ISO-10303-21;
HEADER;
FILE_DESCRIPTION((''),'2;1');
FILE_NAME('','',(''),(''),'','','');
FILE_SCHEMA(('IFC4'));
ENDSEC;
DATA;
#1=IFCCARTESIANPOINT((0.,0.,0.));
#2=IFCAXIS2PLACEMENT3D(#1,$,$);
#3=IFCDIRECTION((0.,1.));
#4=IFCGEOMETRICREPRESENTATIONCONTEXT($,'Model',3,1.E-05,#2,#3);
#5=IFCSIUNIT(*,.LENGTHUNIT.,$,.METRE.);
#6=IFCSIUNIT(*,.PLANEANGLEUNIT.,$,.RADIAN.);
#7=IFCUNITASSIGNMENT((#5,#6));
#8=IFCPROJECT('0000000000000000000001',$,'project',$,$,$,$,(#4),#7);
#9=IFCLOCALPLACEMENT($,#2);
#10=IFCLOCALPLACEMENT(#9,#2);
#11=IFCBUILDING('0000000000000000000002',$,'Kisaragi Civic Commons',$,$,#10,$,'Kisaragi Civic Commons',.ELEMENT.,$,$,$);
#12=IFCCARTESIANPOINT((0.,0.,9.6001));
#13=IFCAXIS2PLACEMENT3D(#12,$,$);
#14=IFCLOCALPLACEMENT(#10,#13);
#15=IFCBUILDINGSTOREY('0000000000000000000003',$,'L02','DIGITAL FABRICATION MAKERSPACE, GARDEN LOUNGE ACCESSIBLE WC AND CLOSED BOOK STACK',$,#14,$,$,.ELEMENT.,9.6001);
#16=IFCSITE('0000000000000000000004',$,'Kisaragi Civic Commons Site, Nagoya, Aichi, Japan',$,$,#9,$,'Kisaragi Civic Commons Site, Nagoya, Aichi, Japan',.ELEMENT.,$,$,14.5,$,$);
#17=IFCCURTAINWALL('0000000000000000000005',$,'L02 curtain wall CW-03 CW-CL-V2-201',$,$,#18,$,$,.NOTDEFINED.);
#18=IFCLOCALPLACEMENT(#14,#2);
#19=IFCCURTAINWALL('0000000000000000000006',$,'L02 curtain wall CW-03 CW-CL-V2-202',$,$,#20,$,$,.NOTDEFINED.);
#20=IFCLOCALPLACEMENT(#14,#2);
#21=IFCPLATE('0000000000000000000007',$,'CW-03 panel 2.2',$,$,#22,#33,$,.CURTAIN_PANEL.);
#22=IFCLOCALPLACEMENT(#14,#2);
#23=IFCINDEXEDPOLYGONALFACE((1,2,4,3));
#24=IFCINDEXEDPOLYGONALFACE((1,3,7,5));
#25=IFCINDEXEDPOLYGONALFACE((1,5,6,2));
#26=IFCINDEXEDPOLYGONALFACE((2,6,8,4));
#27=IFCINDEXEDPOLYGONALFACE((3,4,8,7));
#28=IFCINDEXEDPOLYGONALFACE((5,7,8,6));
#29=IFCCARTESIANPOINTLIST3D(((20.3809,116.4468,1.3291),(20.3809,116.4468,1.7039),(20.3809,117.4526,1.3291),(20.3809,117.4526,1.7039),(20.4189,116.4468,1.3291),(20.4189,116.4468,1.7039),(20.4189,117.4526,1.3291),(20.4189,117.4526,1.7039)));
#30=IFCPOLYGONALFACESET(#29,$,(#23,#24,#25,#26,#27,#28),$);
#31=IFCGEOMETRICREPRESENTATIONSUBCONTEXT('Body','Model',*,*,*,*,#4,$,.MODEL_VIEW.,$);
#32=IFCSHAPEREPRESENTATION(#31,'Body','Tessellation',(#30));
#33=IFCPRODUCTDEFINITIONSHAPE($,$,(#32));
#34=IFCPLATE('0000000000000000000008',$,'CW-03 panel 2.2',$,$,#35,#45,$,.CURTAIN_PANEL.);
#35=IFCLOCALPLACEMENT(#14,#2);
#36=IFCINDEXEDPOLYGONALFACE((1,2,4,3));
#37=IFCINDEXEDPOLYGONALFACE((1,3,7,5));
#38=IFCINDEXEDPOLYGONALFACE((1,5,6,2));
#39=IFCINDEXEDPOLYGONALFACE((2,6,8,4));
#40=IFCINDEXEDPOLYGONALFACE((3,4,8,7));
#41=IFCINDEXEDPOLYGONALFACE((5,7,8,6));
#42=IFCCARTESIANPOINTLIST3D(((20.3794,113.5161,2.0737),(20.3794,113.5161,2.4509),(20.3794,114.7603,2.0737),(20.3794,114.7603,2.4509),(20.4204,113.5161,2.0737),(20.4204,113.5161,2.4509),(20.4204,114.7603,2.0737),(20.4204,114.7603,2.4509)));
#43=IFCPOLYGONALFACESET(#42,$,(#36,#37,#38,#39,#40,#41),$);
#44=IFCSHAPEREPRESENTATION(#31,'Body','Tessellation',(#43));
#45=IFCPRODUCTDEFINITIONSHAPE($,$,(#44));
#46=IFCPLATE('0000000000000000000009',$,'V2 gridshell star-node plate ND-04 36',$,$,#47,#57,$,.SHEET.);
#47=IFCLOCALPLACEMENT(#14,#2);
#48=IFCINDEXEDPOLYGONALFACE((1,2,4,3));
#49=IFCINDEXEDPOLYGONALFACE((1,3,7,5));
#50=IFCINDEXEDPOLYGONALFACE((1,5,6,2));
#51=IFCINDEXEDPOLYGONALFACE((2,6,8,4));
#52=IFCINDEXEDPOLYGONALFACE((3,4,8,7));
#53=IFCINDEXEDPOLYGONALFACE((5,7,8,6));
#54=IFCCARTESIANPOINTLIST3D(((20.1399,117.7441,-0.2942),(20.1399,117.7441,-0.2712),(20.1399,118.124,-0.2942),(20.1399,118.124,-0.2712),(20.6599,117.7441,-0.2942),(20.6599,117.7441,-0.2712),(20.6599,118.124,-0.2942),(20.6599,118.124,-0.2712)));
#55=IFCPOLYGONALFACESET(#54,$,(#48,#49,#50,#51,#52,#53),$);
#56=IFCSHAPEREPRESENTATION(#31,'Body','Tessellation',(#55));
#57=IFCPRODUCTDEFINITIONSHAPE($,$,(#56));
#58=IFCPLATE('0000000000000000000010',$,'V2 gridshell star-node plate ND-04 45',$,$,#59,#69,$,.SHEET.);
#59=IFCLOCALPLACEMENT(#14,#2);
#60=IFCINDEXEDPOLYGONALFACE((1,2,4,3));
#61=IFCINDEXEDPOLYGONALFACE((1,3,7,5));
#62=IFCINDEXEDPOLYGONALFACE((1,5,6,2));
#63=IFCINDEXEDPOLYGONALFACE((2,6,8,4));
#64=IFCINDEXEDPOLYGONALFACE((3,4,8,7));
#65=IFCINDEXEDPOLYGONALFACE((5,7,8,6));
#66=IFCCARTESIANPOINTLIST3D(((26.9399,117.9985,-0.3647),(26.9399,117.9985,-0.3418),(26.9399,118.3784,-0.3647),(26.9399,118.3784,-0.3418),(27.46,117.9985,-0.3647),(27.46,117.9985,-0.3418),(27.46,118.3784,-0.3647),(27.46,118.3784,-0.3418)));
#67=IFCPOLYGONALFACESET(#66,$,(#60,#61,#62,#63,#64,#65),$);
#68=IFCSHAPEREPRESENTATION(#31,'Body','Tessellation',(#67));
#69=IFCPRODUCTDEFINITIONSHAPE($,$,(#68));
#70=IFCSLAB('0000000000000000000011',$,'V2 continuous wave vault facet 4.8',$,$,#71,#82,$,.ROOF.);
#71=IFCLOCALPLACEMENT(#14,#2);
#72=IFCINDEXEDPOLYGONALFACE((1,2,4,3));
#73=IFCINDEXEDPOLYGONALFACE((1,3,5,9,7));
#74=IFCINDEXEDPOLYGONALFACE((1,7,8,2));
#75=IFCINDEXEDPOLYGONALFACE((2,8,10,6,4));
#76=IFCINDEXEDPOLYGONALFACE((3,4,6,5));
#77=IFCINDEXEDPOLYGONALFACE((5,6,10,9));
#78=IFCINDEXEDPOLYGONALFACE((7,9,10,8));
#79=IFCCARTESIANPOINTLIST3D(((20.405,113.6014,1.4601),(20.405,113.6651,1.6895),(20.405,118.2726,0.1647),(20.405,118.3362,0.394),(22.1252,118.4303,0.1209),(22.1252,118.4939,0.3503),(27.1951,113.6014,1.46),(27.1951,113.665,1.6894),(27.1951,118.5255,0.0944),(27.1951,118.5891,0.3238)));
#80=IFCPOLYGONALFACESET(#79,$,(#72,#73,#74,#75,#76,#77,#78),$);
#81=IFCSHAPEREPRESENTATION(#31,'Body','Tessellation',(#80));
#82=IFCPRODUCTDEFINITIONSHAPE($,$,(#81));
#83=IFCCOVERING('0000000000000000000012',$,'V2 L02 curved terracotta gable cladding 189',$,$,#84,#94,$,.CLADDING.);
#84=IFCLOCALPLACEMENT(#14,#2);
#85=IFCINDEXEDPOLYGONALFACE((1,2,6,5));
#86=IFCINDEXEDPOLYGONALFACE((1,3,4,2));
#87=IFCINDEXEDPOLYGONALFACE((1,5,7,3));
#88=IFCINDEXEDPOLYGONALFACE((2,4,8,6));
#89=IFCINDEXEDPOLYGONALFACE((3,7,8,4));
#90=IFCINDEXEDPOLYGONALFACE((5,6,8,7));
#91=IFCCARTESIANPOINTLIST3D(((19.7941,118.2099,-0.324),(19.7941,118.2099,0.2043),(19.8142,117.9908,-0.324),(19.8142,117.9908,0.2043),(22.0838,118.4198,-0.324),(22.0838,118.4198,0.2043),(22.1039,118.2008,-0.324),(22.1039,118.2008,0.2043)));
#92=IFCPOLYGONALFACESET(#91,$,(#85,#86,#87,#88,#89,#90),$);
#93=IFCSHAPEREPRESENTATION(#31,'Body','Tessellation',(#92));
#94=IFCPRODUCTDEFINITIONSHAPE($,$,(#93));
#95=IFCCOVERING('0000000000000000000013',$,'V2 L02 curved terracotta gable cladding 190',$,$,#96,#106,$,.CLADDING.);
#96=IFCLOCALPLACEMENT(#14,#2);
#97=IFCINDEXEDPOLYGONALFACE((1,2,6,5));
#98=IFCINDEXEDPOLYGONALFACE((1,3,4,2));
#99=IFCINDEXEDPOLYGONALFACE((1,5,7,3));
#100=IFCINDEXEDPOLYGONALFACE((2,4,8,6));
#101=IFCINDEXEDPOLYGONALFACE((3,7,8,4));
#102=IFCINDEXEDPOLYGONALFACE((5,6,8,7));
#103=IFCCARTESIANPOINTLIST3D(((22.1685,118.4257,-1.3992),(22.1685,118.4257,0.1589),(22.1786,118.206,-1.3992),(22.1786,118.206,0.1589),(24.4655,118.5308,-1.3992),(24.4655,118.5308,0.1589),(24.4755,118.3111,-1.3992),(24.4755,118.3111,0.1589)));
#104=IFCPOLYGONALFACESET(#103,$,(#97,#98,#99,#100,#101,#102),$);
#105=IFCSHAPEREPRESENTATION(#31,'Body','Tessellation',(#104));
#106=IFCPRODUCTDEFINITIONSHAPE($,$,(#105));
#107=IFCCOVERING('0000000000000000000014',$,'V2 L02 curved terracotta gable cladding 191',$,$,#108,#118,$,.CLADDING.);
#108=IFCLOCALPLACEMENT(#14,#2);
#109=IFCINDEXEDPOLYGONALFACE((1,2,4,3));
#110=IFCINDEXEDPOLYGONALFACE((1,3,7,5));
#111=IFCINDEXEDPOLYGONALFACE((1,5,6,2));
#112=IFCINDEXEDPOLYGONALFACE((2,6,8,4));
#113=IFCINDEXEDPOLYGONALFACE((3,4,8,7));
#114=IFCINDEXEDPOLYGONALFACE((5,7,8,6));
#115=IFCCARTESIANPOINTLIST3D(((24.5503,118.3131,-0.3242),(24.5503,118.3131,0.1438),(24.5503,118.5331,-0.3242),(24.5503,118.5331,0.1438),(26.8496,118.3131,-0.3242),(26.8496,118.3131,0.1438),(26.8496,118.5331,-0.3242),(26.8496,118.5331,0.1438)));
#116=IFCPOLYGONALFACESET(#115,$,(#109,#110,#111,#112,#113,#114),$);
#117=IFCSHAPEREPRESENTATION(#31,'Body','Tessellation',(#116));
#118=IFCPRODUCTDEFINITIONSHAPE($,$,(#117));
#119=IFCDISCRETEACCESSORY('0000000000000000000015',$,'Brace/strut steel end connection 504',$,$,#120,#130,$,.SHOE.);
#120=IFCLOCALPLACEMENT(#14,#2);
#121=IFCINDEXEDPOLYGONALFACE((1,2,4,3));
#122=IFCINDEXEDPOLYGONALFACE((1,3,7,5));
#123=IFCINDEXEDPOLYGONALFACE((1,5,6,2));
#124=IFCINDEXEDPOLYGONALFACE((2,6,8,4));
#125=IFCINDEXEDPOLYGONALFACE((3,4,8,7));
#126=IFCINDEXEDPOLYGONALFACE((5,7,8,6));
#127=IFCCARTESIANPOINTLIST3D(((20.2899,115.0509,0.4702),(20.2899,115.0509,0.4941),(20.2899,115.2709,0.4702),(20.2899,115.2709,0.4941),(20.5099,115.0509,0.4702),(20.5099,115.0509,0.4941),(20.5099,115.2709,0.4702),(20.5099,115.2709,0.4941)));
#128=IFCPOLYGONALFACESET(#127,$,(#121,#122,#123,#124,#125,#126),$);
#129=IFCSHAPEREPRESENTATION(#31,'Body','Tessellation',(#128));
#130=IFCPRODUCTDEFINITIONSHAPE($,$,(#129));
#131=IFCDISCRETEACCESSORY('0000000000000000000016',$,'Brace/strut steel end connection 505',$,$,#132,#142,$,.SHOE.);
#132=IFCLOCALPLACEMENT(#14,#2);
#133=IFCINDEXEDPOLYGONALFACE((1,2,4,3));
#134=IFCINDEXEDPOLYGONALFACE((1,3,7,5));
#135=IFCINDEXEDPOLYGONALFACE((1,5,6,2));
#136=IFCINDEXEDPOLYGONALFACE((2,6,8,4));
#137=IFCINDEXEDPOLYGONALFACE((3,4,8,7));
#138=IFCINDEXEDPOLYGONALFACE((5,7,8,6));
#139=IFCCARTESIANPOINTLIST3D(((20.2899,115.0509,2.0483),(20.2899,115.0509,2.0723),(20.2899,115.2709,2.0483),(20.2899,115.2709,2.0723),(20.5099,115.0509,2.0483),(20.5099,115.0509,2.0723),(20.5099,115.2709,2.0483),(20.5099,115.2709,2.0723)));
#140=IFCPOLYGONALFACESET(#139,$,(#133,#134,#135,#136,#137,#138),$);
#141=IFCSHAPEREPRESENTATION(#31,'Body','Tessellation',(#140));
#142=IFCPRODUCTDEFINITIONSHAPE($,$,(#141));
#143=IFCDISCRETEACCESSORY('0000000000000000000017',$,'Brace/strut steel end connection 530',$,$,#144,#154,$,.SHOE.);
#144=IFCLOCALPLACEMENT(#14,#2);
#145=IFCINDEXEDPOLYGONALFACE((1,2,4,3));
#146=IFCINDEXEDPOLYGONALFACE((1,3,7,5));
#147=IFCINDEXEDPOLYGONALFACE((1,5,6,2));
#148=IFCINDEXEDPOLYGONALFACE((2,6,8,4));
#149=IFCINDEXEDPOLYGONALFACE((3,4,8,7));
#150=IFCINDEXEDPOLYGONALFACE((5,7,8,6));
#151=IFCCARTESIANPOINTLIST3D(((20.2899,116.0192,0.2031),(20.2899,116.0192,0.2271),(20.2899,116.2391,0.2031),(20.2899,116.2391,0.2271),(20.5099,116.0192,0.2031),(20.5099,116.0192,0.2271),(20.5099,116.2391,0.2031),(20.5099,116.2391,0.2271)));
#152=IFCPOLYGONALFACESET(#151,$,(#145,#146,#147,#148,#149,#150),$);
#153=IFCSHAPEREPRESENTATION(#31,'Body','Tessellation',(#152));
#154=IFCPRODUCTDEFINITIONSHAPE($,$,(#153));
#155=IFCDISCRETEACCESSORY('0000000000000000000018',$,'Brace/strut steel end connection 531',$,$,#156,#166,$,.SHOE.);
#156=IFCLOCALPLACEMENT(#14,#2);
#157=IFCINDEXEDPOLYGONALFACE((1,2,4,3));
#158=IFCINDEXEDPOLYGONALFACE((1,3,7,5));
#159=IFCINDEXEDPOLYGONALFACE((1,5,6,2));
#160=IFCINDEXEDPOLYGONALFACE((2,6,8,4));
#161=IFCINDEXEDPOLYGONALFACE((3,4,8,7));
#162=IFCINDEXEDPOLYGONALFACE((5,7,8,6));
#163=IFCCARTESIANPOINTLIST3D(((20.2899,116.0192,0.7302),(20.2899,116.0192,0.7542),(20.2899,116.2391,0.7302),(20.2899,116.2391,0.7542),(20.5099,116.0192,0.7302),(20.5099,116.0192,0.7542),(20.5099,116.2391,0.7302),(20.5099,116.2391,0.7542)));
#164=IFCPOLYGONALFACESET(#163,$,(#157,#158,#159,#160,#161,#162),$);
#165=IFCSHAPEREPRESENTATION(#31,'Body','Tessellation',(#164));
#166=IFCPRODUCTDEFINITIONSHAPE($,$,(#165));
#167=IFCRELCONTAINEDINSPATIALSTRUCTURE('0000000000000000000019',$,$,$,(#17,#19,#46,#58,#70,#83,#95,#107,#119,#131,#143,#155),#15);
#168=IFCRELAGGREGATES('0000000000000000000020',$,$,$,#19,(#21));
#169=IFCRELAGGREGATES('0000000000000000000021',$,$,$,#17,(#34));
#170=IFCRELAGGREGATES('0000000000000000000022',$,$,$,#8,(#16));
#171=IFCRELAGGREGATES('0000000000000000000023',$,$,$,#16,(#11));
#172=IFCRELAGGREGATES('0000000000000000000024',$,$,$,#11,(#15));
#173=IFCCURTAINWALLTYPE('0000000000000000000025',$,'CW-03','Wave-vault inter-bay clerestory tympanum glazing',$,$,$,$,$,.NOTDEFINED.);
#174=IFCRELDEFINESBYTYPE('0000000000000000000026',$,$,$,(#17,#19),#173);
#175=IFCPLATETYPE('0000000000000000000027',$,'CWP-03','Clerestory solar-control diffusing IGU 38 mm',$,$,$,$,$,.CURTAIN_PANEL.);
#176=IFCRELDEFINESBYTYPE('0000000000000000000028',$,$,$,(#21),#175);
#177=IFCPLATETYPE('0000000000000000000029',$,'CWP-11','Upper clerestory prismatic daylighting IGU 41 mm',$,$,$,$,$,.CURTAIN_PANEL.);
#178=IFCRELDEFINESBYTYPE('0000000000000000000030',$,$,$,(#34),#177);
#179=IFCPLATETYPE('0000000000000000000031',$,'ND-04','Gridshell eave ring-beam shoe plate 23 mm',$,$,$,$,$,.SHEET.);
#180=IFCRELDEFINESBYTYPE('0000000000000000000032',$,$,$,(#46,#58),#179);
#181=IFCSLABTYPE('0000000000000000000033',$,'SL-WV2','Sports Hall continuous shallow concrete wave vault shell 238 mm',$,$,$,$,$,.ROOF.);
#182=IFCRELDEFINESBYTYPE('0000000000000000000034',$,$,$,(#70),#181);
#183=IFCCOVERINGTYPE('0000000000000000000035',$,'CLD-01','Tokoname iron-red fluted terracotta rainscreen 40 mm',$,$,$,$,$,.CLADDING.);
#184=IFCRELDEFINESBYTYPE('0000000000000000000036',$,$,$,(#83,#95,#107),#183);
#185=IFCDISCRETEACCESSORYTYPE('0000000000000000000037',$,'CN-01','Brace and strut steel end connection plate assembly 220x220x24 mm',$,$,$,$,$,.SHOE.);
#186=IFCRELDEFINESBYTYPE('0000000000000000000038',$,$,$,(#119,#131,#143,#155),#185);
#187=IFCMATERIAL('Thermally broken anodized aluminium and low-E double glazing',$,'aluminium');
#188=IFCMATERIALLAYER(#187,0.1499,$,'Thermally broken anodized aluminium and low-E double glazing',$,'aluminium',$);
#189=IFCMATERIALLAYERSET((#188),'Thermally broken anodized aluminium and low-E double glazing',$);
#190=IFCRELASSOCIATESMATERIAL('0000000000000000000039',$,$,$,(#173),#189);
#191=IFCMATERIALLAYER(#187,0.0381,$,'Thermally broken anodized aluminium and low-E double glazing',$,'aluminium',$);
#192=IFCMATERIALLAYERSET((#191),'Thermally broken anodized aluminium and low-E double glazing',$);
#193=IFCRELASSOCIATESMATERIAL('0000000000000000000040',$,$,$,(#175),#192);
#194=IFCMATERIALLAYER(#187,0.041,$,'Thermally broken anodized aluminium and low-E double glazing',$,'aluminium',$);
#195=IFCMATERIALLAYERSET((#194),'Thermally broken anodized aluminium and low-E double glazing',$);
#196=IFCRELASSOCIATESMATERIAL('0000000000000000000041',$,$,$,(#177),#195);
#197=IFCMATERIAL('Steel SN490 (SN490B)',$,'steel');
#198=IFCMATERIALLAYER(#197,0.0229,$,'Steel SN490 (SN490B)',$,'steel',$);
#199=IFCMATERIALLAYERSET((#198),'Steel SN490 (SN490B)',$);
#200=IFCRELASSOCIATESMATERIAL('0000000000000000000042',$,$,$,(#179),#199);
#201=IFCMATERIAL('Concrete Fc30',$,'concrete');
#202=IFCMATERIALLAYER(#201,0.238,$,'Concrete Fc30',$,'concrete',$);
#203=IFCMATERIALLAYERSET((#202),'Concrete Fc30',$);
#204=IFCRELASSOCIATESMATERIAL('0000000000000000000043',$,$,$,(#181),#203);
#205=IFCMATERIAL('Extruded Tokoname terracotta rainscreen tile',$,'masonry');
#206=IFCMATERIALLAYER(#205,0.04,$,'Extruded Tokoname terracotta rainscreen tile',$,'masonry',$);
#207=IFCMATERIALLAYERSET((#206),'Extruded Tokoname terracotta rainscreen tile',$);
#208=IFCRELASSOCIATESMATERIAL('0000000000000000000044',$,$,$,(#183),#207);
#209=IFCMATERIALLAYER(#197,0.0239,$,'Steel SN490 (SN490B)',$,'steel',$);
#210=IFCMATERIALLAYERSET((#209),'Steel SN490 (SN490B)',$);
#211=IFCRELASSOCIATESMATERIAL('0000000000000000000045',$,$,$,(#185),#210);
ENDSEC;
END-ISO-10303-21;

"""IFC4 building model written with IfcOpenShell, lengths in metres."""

from ifc_helpers import new_model, si_unit, direction, frame, origin, origin_2d, place, context, subcontext, project, spatial, polyline, rectangle, outline, extrude, material, layer, layer_set, type_object, element, aggregate, save


model = new_model("IFC4")

# Units and contexts
model_context = context("Model", 3, precision=1e-05, world=origin(), true_north=direction((0.0, 1.0)))
body_context = subcontext(model_context, "Body", "Model", "MODEL_VIEW")
ifc_project = project(units=[si_unit("LENGTHUNIT", "METRE"), si_unit("PLANEANGLEUNIT", "RADIAN")], contexts=[model_context])

# Site, building, storey
site_placement = place(None, origin())
site = spatial("IfcSite", under=ifc_project, at=site_placement, Name="Kisaragi Civic Commons Site, Nagoya, Aichi, Japan", LongName="Kisaragi Civic Commons Site, Nagoya, Aichi, Japan", CompositionType="ELEMENT", RefElevation=14.5)
building_placement = place(site_placement, origin())
building = spatial("IfcBuilding", under=site, at=building_placement, Name="Kisaragi Civic Commons", LongName="Kisaragi Civic Commons", CompositionType="ELEMENT")
storey_placement = place(building_placement, frame((0.0, 0.0, 9.6001)))
storey = spatial("IfcBuildingStorey", under=building, at=storey_placement, Name="L02", Description="DIGITAL FABRICATION MAKERSPACE, GARDEN LOUNGE ACCESSIBLE WC AND CLOSED BOOK STACK", CompositionType="ELEMENT", Elevation=9.6001)

# Curtain wall
ifc_material_1 = material(Name="Thermally broken anodized aluminium and low-E double glazing", Category="aluminium")
ifc_layer_1 = layer(ifc_material_1, 0.1499, Name="Thermally broken anodized aluminium and low-E double glazing", Category="aluminium")
ifc_layer_set_1 = layer_set([ifc_layer_1], Name="Thermally broken anodized aluminium and low-E double glazing")
curtain_wall_type = type_object("IfcCurtainWallType", Name="CW-03", Description="Wave-vault inter-bay clerestory tympanum glazing", PredefinedType="NOTDEFINED", material=ifc_layer_set_1)
curtain_wall_1_placement = place(storey_placement, origin())
curtain_wall_1 = element("IfcCurtainWall", 1, at=curtain_wall_1_placement, inside=storey, type_object=curtain_wall_type, Name="L02 curtain wall CW-03 CW-CL-V2-201", PredefinedType="NOTDEFINED")

# Curtain wall
curtain_wall_2_placement = place(storey_placement, origin())
curtain_wall_2 = element("IfcCurtainWall", 2, at=curtain_wall_2_placement, inside=storey, type_object=curtain_wall_type, Name="L02 curtain wall CW-03 CW-CL-V2-202", PredefinedType="NOTDEFINED")

# Shared definitions
ifc_material_2 = material(Name="Steel SN490 (SN490B)", Category="steel")

# Plates
ifc_layer_2 = layer(ifc_material_1, 0.0381, Name="Thermally broken anodized aluminium and low-E double glazing", Category="aluminium")
ifc_layer_set_2 = layer_set([ifc_layer_2], Name="Thermally broken anodized aluminium and low-E double glazing")
plate_type_1 = type_object("IfcPlateType", Name="CWP-03", Description="Clerestory solar-control diffusing IGU 38 mm", PredefinedType="CURTAIN_PANEL", material=ifc_layer_set_2)
plate_1_placement = place(storey_placement, frame((20.3999, 116.9497, 1.3291), z_axis=(0.0, 0.0, 1.0), x_axis=(0.0, 1.0, 0.0)))
plate_1 = element("IfcPlate", 3, at=plate_1_placement, type_object=plate_type_1, Name="CW-03 panel 2.2", PredefinedType="CURTAIN_PANEL", context=body_context, shape_type="SweptSolid", body=[
    extrude(rectangle(XDim=1.0059, YDim=0.0381, at=origin_2d()), origin(), (0.0, 0.0, 1.0), 0.3748),
])
aggregate(curtain_wall_2, [plate_1])
ifc_layer_3 = layer(ifc_material_1, 0.041, Name="Thermally broken anodized aluminium and low-E double glazing", Category="aluminium")
ifc_layer_set_3 = layer_set([ifc_layer_3], Name="Thermally broken anodized aluminium and low-E double glazing")
plate_type_2 = type_object("IfcPlateType", Name="CWP-11", Description="Upper clerestory prismatic daylighting IGU 41 mm", PredefinedType="CURTAIN_PANEL", material=ifc_layer_set_3)
plate_2_placement = place(storey_placement, frame((20.3999, 114.1382, 2.0737), z_axis=(0.0, 0.0, 1.0), x_axis=(0.0, 1.0, 0.0)))
plate_2 = element("IfcPlate", 4, at=plate_2_placement, type_object=plate_type_2, Name="CW-03 panel 2.2", PredefinedType="CURTAIN_PANEL", context=body_context, shape_type="SweptSolid", body=[
    extrude(rectangle(XDim=1.2441, YDim=0.041, at=origin_2d()), origin(), (0.0, 0.0, 1.0), 0.3772),
])
aggregate(curtain_wall_1, [plate_2])

# Plates
ifc_layer_4 = layer(ifc_material_2, 0.0229, Name="Steel SN490 (SN490B)", Category="steel")
ifc_layer_set_4 = layer_set([ifc_layer_4], Name="Steel SN490 (SN490B)")
plate_type_3 = type_object("IfcPlateType", Name="ND-04", Description="Gridshell eave ring-beam shoe plate 23 mm", PredefinedType="SHEET", material=ifc_layer_set_4)
for number, where, z_axis, x_axis, name in (
    (5, (20.3999, 117.9341, -0.2942), (0.0, 0.0, 1.0), (1.0, 0.0, 0.0), "V2 gridshell star-node plate ND-04 36"),
    (6, (27.2, 118.1885, -0.3647), (0.0, 0.0, 1.0), (1.0, 0.0, 0.0), "V2 gridshell star-node plate ND-04 45"),
):
    element("IfcPlate", number, at=place(storey_placement, frame(where, z_axis=z_axis, x_axis=x_axis)), inside=storey, type_object=plate_type_3, Name=name, PredefinedType="SHEET", context=body_context, shape_type="SweptSolid", body=[
        extrude(rectangle(XDim=0.52, YDim=0.3799, at=origin_2d()), origin(), (0.0, 0.0, 1.0), 0.0229),
    ])

# Slab
ifc_material_3 = material(Name="Concrete Fc30", Category="concrete")
ifc_layer_5 = layer(ifc_material_3, 0.238, Name="Concrete Fc30", Category="concrete")
ifc_layer_set_5 = layer_set([ifc_layer_5], Name="Concrete Fc30")
slab_type = type_object("IfcSlabType", Name="SL-WV2", Description="Sports Hall continuous shallow concrete wave vault shell 238 mm", PredefinedType="ROOF", material=ifc_layer_set_5)
slab_placement = place(storey_placement, frame((20.405, 118.3362, 0.394), z_axis=(0.000012, 0.267244, 0.963629), x_axis=(0.0, -0.963629, 0.267244)))
element("IfcSlab", 7, at=slab_placement, inside=storey, type_object=slab_type, Name="V2 continuous wave vault facet 4.8", PredefinedType="ROOF", context=body_context, shape_type="SweptSolid", body=[
    extrude(outline(polyline([(0.0, 0.0), (4.8474, 0.0), (4.8474, 6.79), (-0.2625, 6.79), (-0.1637, 1.7202), (0.0, 0.0)])), origin(), (0.0, 0.0, -1.0), 0.238),
])

# Coverings
ifc_material_4 = material(Name="Extruded Tokoname terracotta rainscreen tile", Category="masonry")
ifc_layer_6 = layer(ifc_material_4, 0.04, Name="Extruded Tokoname terracotta rainscreen tile", Category="masonry")
ifc_layer_set_6 = layer_set([ifc_layer_6], Name="Extruded Tokoname terracotta rainscreen tile")
covering_type = type_object("IfcCoveringType", Name="CLD-01", Description="Tokoname iron-red fluted terracotta rainscreen 40 mm", PredefinedType="CLADDING", material=ifc_layer_set_6)
covering_1_placement = place(storey_placement, frame((20.949, 118.2053, -0.324), z_axis=(0.0, 0.0, 1.0), x_axis=(0.995821, 0.091328, 0.0)))
element("IfcCovering", 8, at=covering_1_placement, inside=storey, type_object=covering_type, Name="V2 L02 curved terracotta gable cladding 189", PredefinedType="CLADDING", context=body_context, shape_type="SweptSolid", body=[
    extrude(rectangle(XDim=2.2993, YDim=0.22, at=origin_2d()), origin(), (0.0, 0.0, 1.0), 0.5283),
])
covering_2_placement = place(storey_placement, frame((23.322, 118.3684, -1.3992), z_axis=(0.0, 0.0, 1.0), x_axis=(0.998955, 0.045712, 0.0)))
element("IfcCovering", 9, at=covering_2_placement, inside=storey, type_object=covering_type, Name="V2 L02 curved terracotta gable cladding 190", PredefinedType="CLADDING", context=body_context, shape_type="SweptSolid", body=[
    extrude(rectangle(XDim=2.2993, YDim=0.22, at=origin_2d()), origin(), (0.0, 0.0, 1.0), 1.5581),
])
covering_3_placement = place(storey_placement, frame((25.7, 118.4231, -0.3242), z_axis=(0.0, 0.0, 1.0), x_axis=(1.0, 0.0, 0.0)))
element("IfcCovering", 10, at=covering_3_placement, inside=storey, type_object=covering_type, Name="V2 L02 curved terracotta gable cladding 191", PredefinedType="CLADDING", context=body_context, shape_type="SweptSolid", body=[
    extrude(rectangle(XDim=2.2993, YDim=0.22, at=origin_2d()), origin(), (0.0, 0.0, 1.0), 0.468),
])

# Discrete accessories
ifc_layer_7 = layer(ifc_material_2, 0.0239, Name="Steel SN490 (SN490B)", Category="steel")
ifc_layer_set_7 = layer_set([ifc_layer_7], Name="Steel SN490 (SN490B)")
discrete_accessory_type = type_object("IfcDiscreteAccessoryType", Name="CN-01", Description="Brace and strut steel end connection plate assembly 220x220x24 mm", PredefinedType="SHOE", material=ifc_layer_set_7)
for number, where, z_axis, x_axis, name in (
    (11, (20.3999, 115.1609, 0.4702), (0.0, 0.0, 1.0), (1.0, 0.0, 0.0), "Brace/strut steel end connection 504"),
    (12, (20.3999, 115.1609, 2.0483), (0.0, 0.0, 1.0), (1.0, 0.0, 0.0), "Brace/strut steel end connection 505"),
    (13, (20.3999, 116.1292, 0.2031), (0.0, 0.0, 1.0), (1.0, 0.0, 0.0), "Brace/strut steel end connection 530"),
    (14, (20.3999, 116.1292, 0.7302), (0.0, 0.0, 1.0), (1.0, 0.0, 0.0), "Brace/strut steel end connection 531"),
):
    element("IfcDiscreteAccessory", number, at=place(storey_placement, frame(where, z_axis=z_axis, x_axis=x_axis)), inside=storey, type_object=discrete_accessory_type, Name=name, PredefinedType="SHOE", context=body_context, shape_type="SweptSolid", body=[
        extrude(rectangle(XDim=0.22, YDim=0.22, at=origin_2d()), origin(), (0.0, 0.0, 1.0), 0.0239),
    ])

save(model, "model.ifc")
